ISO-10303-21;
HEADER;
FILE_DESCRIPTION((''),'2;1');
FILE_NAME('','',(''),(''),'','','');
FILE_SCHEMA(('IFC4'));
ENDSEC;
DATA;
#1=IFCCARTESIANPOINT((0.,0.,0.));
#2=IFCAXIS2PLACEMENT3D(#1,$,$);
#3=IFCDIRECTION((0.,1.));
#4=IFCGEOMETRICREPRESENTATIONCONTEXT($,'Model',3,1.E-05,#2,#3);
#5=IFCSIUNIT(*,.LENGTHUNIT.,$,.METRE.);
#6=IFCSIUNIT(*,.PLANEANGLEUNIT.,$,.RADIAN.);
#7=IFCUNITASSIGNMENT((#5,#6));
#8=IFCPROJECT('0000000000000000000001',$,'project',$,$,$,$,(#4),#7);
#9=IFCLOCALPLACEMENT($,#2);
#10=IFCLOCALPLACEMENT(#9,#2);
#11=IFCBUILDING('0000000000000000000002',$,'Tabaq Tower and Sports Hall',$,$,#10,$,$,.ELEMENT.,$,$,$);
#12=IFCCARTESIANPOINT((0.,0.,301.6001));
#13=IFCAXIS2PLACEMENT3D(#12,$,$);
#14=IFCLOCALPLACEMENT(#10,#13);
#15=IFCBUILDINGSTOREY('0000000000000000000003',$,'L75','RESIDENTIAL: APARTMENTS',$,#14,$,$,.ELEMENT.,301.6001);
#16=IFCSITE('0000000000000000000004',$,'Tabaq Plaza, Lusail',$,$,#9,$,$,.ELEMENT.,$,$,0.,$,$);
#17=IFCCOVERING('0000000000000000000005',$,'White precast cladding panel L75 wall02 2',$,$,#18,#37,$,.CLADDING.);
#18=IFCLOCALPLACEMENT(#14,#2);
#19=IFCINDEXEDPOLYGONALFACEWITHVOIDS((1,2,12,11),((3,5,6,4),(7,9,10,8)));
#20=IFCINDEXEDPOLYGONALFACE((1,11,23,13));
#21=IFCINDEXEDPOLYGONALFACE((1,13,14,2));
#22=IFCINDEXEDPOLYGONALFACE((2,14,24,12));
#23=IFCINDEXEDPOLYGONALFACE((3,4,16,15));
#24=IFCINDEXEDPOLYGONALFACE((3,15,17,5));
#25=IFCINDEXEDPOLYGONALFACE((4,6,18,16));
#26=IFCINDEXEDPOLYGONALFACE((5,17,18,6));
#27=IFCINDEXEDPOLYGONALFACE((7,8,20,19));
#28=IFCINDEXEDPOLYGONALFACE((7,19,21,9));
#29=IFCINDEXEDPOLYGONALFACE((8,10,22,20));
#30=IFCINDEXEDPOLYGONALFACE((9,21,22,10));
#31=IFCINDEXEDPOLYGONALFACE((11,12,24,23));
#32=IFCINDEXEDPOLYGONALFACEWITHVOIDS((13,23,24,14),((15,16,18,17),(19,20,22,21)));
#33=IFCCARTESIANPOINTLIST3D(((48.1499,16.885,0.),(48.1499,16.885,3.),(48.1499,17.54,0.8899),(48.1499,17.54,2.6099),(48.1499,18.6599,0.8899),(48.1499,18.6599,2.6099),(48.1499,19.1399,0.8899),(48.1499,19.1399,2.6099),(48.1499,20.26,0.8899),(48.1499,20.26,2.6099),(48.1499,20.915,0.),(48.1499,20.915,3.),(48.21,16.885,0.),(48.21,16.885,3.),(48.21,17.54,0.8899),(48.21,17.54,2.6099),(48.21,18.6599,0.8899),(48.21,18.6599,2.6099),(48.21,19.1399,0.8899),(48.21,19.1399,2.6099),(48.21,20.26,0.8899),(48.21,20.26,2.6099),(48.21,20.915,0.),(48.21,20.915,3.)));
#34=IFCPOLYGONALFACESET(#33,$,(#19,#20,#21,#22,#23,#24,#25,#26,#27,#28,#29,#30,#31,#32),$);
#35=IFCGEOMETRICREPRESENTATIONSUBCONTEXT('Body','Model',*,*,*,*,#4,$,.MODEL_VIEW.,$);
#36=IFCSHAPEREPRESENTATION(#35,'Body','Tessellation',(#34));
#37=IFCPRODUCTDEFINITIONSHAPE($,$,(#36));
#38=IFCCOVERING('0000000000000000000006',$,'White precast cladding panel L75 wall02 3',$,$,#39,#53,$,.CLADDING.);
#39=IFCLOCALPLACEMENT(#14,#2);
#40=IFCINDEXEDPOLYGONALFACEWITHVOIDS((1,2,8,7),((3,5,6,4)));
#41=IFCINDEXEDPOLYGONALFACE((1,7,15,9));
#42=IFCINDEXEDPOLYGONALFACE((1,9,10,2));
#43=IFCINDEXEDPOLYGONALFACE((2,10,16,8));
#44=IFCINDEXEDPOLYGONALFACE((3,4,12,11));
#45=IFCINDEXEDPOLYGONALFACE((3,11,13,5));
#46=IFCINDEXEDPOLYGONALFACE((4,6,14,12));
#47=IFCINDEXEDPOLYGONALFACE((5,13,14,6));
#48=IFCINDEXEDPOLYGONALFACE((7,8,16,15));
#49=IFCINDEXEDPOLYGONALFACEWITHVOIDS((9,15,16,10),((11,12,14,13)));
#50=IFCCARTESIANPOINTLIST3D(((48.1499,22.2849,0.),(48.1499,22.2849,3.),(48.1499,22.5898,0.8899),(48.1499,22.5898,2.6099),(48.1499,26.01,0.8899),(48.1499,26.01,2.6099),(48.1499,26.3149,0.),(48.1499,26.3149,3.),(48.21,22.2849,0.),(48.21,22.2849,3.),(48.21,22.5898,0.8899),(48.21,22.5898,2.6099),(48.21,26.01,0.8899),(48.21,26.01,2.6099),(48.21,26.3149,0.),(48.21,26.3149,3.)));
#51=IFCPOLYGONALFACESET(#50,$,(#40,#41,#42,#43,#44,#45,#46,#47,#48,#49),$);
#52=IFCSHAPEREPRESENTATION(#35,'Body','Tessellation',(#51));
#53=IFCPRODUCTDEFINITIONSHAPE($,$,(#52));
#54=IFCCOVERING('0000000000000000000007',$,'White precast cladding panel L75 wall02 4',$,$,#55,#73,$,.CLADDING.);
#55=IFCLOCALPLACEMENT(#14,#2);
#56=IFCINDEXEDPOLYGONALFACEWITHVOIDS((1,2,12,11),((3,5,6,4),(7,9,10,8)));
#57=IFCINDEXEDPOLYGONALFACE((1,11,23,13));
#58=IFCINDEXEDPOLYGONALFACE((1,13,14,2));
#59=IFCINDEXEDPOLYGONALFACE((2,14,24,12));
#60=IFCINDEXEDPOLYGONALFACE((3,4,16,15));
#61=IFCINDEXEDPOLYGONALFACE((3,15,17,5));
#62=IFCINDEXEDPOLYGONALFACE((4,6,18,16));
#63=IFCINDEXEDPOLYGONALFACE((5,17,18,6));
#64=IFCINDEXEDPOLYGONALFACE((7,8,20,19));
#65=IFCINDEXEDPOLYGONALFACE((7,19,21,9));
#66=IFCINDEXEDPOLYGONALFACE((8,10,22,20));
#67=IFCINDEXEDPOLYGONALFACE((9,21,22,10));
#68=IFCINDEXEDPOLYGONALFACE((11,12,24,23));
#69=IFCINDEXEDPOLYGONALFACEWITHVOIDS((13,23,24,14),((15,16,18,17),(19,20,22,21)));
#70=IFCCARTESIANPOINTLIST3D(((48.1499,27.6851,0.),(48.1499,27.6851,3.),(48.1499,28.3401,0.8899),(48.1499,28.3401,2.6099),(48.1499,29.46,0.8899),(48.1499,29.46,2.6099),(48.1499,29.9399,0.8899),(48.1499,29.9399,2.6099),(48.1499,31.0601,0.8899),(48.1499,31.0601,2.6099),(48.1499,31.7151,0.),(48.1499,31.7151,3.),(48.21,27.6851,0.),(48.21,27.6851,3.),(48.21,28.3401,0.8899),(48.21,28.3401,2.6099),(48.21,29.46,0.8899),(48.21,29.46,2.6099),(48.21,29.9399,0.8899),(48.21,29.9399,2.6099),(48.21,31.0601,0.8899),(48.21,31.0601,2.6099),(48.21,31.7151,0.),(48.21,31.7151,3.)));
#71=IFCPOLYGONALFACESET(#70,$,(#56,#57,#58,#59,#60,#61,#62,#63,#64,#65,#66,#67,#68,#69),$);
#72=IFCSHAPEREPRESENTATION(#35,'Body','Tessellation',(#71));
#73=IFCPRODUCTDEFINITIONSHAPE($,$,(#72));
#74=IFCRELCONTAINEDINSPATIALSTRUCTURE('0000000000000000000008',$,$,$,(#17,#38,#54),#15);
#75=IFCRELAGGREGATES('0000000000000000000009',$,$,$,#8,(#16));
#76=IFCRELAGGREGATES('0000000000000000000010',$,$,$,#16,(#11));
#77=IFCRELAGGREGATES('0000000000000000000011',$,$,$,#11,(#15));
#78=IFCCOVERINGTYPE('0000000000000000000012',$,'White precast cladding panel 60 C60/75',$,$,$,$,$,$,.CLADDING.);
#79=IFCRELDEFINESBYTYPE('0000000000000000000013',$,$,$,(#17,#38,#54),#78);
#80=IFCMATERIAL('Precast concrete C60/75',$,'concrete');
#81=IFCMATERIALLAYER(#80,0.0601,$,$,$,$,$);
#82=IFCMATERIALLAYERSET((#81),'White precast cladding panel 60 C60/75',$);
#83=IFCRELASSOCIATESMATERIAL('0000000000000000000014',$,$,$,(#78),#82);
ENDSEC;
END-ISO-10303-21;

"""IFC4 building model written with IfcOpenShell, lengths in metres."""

from ifc_helpers import new_model, si_unit, direction, frame, origin, place, context, subcontext, project, spatial, polyline, outline, extrude, material, layer, layer_set, type_object, element, save


model = new_model("IFC4")

# Units and contexts
model_context = context("Model", 3, precision=1e-05, world=origin(), true_north=direction((0.0, 1.0)))
body_context = subcontext(model_context, "Body", "Model", "MODEL_VIEW")
ifc_project = project(units=[si_unit("LENGTHUNIT", "METRE"), si_unit("PLANEANGLEUNIT", "RADIAN")], contexts=[model_context])

# Site, building, storey
site_placement = place(None, origin())
site = spatial("IfcSite", under=ifc_project, at=site_placement, Name="Tabaq Plaza, Lusail", CompositionType="ELEMENT", RefElevation=0.0)
building_placement = place(site_placement, origin())
building = spatial("IfcBuilding", under=site, at=building_placement, Name="Tabaq Tower and Sports Hall", CompositionType="ELEMENT")
storey_placement = place(building_placement, frame((0.0, 0.0, 301.6001)))
storey = spatial("IfcBuildingStorey", under=building, at=storey_placement, Name="L75", Description="RESIDENTIAL: APARTMENTS", CompositionType="ELEMENT", Elevation=301.6001)

# Coverings
ifc_material_1 = material(Name="Precast concrete C60/75", Category="concrete")
ifc_layer_1 = layer(ifc_material_1, 0.0601)
ifc_layer_set_1 = layer_set([ifc_layer_1], Name="White precast cladding panel 60 C60/75")
covering_type_1 = type_object("IfcCoveringType", Name="White precast cladding panel 60 C60/75", PredefinedType="CLADDING", material=ifc_layer_set_1)
covering_1_placement = place(storey_placement, frame((48.1799, 16.885, 0.0), z_axis=(0.0, 0.0, 1.0), x_axis=(0.0, 1.0, 0.0)))
element("IfcCovering", 1, at=covering_1_placement, inside=storey, type_object=covering_type_1, Name="White precast cladding panel L75 wall02 2", PredefinedType="CLADDING", context=body_context, shape_type="SweptSolid", body=[
    extrude(outline(polyline([(0.0, 0.0), (4.03, 0.0), (4.03, 3.0), (0.0, 3.0), (0.0, 0.0)]), holes=[polyline([(0.655, 2.6099), (1.7749, 2.6099), (1.7749, 0.8899), (0.655, 0.8899), (0.655, 2.6099)]), polyline([(2.2549, 2.6099), (3.375, 2.6099), (3.375, 0.8899), (2.2549, 0.8899), (2.2549, 2.6099)])]), frame((0.0, 0.03, 0.0), z_axis=(0.0, -1.0, 0.0), x_axis=(1.0, 0.0, 0.0)), (0.0, 0.0, 1.0), 0.0601),
])
covering_2_placement = place(storey_placement, frame((48.1799, 22.2849, 0.0), z_axis=(0.0, 0.0, 1.0), x_axis=(0.0, 1.0, 0.0)))
element("IfcCovering", 2, at=covering_2_placement, inside=storey, type_object=covering_type_1, Name="White precast cladding panel L75 wall02 3", PredefinedType="CLADDING", context=body_context, shape_type="SweptSolid", body=[
    extrude(outline(polyline([(0.0, 0.0), (4.03, 0.0), (4.03, 3.0), (0.0, 3.0), (0.0, 0.0)]), holes=[polyline([(0.3049, 0.8899), (0.3049, 2.6099), (3.7251, 2.6099), (3.7251, 0.8899), (0.3049, 0.8899)])]), frame((0.0, 0.03, 0.0), z_axis=(0.0, -1.0, 0.0), x_axis=(1.0, 0.0, 0.0)), (0.0, 0.0, 1.0), 0.0601),
])
covering_3_placement = place(storey_placement, frame((48.1799, 27.6851, 0.0), z_axis=(0.0, 0.0, 1.0), x_axis=(0.0, 1.0, 0.0)))
element("IfcCovering", 3, at=covering_3_placement, inside=storey, type_object=covering_type_1, Name="White precast cladding panel L75 wall02 4", PredefinedType="CLADDING", context=body_context, shape_type="SweptSolid", body=[
    extrude(outline(polyline([(0.0, 0.0), (4.03, 0.0), (4.03, 3.0), (0.0, 3.0), (0.0, 0.0)]), holes=[polyline([(0.655, 2.6099), (1.7749, 2.6099), (1.7749, 0.8899), (0.655, 0.8899), (0.655, 2.6099)]), polyline([(2.2549, 2.6099), (3.375, 2.6099), (3.375, 0.8899), (2.2549, 0.8899), (2.2549, 2.6099)])]), frame((0.0, 0.03, 0.0), z_axis=(0.0, -1.0, 0.0), x_axis=(1.0, 0.0, 0.0)), (0.0, 0.0, 1.0), 0.0601),
])

save(model, "model.ifc")
